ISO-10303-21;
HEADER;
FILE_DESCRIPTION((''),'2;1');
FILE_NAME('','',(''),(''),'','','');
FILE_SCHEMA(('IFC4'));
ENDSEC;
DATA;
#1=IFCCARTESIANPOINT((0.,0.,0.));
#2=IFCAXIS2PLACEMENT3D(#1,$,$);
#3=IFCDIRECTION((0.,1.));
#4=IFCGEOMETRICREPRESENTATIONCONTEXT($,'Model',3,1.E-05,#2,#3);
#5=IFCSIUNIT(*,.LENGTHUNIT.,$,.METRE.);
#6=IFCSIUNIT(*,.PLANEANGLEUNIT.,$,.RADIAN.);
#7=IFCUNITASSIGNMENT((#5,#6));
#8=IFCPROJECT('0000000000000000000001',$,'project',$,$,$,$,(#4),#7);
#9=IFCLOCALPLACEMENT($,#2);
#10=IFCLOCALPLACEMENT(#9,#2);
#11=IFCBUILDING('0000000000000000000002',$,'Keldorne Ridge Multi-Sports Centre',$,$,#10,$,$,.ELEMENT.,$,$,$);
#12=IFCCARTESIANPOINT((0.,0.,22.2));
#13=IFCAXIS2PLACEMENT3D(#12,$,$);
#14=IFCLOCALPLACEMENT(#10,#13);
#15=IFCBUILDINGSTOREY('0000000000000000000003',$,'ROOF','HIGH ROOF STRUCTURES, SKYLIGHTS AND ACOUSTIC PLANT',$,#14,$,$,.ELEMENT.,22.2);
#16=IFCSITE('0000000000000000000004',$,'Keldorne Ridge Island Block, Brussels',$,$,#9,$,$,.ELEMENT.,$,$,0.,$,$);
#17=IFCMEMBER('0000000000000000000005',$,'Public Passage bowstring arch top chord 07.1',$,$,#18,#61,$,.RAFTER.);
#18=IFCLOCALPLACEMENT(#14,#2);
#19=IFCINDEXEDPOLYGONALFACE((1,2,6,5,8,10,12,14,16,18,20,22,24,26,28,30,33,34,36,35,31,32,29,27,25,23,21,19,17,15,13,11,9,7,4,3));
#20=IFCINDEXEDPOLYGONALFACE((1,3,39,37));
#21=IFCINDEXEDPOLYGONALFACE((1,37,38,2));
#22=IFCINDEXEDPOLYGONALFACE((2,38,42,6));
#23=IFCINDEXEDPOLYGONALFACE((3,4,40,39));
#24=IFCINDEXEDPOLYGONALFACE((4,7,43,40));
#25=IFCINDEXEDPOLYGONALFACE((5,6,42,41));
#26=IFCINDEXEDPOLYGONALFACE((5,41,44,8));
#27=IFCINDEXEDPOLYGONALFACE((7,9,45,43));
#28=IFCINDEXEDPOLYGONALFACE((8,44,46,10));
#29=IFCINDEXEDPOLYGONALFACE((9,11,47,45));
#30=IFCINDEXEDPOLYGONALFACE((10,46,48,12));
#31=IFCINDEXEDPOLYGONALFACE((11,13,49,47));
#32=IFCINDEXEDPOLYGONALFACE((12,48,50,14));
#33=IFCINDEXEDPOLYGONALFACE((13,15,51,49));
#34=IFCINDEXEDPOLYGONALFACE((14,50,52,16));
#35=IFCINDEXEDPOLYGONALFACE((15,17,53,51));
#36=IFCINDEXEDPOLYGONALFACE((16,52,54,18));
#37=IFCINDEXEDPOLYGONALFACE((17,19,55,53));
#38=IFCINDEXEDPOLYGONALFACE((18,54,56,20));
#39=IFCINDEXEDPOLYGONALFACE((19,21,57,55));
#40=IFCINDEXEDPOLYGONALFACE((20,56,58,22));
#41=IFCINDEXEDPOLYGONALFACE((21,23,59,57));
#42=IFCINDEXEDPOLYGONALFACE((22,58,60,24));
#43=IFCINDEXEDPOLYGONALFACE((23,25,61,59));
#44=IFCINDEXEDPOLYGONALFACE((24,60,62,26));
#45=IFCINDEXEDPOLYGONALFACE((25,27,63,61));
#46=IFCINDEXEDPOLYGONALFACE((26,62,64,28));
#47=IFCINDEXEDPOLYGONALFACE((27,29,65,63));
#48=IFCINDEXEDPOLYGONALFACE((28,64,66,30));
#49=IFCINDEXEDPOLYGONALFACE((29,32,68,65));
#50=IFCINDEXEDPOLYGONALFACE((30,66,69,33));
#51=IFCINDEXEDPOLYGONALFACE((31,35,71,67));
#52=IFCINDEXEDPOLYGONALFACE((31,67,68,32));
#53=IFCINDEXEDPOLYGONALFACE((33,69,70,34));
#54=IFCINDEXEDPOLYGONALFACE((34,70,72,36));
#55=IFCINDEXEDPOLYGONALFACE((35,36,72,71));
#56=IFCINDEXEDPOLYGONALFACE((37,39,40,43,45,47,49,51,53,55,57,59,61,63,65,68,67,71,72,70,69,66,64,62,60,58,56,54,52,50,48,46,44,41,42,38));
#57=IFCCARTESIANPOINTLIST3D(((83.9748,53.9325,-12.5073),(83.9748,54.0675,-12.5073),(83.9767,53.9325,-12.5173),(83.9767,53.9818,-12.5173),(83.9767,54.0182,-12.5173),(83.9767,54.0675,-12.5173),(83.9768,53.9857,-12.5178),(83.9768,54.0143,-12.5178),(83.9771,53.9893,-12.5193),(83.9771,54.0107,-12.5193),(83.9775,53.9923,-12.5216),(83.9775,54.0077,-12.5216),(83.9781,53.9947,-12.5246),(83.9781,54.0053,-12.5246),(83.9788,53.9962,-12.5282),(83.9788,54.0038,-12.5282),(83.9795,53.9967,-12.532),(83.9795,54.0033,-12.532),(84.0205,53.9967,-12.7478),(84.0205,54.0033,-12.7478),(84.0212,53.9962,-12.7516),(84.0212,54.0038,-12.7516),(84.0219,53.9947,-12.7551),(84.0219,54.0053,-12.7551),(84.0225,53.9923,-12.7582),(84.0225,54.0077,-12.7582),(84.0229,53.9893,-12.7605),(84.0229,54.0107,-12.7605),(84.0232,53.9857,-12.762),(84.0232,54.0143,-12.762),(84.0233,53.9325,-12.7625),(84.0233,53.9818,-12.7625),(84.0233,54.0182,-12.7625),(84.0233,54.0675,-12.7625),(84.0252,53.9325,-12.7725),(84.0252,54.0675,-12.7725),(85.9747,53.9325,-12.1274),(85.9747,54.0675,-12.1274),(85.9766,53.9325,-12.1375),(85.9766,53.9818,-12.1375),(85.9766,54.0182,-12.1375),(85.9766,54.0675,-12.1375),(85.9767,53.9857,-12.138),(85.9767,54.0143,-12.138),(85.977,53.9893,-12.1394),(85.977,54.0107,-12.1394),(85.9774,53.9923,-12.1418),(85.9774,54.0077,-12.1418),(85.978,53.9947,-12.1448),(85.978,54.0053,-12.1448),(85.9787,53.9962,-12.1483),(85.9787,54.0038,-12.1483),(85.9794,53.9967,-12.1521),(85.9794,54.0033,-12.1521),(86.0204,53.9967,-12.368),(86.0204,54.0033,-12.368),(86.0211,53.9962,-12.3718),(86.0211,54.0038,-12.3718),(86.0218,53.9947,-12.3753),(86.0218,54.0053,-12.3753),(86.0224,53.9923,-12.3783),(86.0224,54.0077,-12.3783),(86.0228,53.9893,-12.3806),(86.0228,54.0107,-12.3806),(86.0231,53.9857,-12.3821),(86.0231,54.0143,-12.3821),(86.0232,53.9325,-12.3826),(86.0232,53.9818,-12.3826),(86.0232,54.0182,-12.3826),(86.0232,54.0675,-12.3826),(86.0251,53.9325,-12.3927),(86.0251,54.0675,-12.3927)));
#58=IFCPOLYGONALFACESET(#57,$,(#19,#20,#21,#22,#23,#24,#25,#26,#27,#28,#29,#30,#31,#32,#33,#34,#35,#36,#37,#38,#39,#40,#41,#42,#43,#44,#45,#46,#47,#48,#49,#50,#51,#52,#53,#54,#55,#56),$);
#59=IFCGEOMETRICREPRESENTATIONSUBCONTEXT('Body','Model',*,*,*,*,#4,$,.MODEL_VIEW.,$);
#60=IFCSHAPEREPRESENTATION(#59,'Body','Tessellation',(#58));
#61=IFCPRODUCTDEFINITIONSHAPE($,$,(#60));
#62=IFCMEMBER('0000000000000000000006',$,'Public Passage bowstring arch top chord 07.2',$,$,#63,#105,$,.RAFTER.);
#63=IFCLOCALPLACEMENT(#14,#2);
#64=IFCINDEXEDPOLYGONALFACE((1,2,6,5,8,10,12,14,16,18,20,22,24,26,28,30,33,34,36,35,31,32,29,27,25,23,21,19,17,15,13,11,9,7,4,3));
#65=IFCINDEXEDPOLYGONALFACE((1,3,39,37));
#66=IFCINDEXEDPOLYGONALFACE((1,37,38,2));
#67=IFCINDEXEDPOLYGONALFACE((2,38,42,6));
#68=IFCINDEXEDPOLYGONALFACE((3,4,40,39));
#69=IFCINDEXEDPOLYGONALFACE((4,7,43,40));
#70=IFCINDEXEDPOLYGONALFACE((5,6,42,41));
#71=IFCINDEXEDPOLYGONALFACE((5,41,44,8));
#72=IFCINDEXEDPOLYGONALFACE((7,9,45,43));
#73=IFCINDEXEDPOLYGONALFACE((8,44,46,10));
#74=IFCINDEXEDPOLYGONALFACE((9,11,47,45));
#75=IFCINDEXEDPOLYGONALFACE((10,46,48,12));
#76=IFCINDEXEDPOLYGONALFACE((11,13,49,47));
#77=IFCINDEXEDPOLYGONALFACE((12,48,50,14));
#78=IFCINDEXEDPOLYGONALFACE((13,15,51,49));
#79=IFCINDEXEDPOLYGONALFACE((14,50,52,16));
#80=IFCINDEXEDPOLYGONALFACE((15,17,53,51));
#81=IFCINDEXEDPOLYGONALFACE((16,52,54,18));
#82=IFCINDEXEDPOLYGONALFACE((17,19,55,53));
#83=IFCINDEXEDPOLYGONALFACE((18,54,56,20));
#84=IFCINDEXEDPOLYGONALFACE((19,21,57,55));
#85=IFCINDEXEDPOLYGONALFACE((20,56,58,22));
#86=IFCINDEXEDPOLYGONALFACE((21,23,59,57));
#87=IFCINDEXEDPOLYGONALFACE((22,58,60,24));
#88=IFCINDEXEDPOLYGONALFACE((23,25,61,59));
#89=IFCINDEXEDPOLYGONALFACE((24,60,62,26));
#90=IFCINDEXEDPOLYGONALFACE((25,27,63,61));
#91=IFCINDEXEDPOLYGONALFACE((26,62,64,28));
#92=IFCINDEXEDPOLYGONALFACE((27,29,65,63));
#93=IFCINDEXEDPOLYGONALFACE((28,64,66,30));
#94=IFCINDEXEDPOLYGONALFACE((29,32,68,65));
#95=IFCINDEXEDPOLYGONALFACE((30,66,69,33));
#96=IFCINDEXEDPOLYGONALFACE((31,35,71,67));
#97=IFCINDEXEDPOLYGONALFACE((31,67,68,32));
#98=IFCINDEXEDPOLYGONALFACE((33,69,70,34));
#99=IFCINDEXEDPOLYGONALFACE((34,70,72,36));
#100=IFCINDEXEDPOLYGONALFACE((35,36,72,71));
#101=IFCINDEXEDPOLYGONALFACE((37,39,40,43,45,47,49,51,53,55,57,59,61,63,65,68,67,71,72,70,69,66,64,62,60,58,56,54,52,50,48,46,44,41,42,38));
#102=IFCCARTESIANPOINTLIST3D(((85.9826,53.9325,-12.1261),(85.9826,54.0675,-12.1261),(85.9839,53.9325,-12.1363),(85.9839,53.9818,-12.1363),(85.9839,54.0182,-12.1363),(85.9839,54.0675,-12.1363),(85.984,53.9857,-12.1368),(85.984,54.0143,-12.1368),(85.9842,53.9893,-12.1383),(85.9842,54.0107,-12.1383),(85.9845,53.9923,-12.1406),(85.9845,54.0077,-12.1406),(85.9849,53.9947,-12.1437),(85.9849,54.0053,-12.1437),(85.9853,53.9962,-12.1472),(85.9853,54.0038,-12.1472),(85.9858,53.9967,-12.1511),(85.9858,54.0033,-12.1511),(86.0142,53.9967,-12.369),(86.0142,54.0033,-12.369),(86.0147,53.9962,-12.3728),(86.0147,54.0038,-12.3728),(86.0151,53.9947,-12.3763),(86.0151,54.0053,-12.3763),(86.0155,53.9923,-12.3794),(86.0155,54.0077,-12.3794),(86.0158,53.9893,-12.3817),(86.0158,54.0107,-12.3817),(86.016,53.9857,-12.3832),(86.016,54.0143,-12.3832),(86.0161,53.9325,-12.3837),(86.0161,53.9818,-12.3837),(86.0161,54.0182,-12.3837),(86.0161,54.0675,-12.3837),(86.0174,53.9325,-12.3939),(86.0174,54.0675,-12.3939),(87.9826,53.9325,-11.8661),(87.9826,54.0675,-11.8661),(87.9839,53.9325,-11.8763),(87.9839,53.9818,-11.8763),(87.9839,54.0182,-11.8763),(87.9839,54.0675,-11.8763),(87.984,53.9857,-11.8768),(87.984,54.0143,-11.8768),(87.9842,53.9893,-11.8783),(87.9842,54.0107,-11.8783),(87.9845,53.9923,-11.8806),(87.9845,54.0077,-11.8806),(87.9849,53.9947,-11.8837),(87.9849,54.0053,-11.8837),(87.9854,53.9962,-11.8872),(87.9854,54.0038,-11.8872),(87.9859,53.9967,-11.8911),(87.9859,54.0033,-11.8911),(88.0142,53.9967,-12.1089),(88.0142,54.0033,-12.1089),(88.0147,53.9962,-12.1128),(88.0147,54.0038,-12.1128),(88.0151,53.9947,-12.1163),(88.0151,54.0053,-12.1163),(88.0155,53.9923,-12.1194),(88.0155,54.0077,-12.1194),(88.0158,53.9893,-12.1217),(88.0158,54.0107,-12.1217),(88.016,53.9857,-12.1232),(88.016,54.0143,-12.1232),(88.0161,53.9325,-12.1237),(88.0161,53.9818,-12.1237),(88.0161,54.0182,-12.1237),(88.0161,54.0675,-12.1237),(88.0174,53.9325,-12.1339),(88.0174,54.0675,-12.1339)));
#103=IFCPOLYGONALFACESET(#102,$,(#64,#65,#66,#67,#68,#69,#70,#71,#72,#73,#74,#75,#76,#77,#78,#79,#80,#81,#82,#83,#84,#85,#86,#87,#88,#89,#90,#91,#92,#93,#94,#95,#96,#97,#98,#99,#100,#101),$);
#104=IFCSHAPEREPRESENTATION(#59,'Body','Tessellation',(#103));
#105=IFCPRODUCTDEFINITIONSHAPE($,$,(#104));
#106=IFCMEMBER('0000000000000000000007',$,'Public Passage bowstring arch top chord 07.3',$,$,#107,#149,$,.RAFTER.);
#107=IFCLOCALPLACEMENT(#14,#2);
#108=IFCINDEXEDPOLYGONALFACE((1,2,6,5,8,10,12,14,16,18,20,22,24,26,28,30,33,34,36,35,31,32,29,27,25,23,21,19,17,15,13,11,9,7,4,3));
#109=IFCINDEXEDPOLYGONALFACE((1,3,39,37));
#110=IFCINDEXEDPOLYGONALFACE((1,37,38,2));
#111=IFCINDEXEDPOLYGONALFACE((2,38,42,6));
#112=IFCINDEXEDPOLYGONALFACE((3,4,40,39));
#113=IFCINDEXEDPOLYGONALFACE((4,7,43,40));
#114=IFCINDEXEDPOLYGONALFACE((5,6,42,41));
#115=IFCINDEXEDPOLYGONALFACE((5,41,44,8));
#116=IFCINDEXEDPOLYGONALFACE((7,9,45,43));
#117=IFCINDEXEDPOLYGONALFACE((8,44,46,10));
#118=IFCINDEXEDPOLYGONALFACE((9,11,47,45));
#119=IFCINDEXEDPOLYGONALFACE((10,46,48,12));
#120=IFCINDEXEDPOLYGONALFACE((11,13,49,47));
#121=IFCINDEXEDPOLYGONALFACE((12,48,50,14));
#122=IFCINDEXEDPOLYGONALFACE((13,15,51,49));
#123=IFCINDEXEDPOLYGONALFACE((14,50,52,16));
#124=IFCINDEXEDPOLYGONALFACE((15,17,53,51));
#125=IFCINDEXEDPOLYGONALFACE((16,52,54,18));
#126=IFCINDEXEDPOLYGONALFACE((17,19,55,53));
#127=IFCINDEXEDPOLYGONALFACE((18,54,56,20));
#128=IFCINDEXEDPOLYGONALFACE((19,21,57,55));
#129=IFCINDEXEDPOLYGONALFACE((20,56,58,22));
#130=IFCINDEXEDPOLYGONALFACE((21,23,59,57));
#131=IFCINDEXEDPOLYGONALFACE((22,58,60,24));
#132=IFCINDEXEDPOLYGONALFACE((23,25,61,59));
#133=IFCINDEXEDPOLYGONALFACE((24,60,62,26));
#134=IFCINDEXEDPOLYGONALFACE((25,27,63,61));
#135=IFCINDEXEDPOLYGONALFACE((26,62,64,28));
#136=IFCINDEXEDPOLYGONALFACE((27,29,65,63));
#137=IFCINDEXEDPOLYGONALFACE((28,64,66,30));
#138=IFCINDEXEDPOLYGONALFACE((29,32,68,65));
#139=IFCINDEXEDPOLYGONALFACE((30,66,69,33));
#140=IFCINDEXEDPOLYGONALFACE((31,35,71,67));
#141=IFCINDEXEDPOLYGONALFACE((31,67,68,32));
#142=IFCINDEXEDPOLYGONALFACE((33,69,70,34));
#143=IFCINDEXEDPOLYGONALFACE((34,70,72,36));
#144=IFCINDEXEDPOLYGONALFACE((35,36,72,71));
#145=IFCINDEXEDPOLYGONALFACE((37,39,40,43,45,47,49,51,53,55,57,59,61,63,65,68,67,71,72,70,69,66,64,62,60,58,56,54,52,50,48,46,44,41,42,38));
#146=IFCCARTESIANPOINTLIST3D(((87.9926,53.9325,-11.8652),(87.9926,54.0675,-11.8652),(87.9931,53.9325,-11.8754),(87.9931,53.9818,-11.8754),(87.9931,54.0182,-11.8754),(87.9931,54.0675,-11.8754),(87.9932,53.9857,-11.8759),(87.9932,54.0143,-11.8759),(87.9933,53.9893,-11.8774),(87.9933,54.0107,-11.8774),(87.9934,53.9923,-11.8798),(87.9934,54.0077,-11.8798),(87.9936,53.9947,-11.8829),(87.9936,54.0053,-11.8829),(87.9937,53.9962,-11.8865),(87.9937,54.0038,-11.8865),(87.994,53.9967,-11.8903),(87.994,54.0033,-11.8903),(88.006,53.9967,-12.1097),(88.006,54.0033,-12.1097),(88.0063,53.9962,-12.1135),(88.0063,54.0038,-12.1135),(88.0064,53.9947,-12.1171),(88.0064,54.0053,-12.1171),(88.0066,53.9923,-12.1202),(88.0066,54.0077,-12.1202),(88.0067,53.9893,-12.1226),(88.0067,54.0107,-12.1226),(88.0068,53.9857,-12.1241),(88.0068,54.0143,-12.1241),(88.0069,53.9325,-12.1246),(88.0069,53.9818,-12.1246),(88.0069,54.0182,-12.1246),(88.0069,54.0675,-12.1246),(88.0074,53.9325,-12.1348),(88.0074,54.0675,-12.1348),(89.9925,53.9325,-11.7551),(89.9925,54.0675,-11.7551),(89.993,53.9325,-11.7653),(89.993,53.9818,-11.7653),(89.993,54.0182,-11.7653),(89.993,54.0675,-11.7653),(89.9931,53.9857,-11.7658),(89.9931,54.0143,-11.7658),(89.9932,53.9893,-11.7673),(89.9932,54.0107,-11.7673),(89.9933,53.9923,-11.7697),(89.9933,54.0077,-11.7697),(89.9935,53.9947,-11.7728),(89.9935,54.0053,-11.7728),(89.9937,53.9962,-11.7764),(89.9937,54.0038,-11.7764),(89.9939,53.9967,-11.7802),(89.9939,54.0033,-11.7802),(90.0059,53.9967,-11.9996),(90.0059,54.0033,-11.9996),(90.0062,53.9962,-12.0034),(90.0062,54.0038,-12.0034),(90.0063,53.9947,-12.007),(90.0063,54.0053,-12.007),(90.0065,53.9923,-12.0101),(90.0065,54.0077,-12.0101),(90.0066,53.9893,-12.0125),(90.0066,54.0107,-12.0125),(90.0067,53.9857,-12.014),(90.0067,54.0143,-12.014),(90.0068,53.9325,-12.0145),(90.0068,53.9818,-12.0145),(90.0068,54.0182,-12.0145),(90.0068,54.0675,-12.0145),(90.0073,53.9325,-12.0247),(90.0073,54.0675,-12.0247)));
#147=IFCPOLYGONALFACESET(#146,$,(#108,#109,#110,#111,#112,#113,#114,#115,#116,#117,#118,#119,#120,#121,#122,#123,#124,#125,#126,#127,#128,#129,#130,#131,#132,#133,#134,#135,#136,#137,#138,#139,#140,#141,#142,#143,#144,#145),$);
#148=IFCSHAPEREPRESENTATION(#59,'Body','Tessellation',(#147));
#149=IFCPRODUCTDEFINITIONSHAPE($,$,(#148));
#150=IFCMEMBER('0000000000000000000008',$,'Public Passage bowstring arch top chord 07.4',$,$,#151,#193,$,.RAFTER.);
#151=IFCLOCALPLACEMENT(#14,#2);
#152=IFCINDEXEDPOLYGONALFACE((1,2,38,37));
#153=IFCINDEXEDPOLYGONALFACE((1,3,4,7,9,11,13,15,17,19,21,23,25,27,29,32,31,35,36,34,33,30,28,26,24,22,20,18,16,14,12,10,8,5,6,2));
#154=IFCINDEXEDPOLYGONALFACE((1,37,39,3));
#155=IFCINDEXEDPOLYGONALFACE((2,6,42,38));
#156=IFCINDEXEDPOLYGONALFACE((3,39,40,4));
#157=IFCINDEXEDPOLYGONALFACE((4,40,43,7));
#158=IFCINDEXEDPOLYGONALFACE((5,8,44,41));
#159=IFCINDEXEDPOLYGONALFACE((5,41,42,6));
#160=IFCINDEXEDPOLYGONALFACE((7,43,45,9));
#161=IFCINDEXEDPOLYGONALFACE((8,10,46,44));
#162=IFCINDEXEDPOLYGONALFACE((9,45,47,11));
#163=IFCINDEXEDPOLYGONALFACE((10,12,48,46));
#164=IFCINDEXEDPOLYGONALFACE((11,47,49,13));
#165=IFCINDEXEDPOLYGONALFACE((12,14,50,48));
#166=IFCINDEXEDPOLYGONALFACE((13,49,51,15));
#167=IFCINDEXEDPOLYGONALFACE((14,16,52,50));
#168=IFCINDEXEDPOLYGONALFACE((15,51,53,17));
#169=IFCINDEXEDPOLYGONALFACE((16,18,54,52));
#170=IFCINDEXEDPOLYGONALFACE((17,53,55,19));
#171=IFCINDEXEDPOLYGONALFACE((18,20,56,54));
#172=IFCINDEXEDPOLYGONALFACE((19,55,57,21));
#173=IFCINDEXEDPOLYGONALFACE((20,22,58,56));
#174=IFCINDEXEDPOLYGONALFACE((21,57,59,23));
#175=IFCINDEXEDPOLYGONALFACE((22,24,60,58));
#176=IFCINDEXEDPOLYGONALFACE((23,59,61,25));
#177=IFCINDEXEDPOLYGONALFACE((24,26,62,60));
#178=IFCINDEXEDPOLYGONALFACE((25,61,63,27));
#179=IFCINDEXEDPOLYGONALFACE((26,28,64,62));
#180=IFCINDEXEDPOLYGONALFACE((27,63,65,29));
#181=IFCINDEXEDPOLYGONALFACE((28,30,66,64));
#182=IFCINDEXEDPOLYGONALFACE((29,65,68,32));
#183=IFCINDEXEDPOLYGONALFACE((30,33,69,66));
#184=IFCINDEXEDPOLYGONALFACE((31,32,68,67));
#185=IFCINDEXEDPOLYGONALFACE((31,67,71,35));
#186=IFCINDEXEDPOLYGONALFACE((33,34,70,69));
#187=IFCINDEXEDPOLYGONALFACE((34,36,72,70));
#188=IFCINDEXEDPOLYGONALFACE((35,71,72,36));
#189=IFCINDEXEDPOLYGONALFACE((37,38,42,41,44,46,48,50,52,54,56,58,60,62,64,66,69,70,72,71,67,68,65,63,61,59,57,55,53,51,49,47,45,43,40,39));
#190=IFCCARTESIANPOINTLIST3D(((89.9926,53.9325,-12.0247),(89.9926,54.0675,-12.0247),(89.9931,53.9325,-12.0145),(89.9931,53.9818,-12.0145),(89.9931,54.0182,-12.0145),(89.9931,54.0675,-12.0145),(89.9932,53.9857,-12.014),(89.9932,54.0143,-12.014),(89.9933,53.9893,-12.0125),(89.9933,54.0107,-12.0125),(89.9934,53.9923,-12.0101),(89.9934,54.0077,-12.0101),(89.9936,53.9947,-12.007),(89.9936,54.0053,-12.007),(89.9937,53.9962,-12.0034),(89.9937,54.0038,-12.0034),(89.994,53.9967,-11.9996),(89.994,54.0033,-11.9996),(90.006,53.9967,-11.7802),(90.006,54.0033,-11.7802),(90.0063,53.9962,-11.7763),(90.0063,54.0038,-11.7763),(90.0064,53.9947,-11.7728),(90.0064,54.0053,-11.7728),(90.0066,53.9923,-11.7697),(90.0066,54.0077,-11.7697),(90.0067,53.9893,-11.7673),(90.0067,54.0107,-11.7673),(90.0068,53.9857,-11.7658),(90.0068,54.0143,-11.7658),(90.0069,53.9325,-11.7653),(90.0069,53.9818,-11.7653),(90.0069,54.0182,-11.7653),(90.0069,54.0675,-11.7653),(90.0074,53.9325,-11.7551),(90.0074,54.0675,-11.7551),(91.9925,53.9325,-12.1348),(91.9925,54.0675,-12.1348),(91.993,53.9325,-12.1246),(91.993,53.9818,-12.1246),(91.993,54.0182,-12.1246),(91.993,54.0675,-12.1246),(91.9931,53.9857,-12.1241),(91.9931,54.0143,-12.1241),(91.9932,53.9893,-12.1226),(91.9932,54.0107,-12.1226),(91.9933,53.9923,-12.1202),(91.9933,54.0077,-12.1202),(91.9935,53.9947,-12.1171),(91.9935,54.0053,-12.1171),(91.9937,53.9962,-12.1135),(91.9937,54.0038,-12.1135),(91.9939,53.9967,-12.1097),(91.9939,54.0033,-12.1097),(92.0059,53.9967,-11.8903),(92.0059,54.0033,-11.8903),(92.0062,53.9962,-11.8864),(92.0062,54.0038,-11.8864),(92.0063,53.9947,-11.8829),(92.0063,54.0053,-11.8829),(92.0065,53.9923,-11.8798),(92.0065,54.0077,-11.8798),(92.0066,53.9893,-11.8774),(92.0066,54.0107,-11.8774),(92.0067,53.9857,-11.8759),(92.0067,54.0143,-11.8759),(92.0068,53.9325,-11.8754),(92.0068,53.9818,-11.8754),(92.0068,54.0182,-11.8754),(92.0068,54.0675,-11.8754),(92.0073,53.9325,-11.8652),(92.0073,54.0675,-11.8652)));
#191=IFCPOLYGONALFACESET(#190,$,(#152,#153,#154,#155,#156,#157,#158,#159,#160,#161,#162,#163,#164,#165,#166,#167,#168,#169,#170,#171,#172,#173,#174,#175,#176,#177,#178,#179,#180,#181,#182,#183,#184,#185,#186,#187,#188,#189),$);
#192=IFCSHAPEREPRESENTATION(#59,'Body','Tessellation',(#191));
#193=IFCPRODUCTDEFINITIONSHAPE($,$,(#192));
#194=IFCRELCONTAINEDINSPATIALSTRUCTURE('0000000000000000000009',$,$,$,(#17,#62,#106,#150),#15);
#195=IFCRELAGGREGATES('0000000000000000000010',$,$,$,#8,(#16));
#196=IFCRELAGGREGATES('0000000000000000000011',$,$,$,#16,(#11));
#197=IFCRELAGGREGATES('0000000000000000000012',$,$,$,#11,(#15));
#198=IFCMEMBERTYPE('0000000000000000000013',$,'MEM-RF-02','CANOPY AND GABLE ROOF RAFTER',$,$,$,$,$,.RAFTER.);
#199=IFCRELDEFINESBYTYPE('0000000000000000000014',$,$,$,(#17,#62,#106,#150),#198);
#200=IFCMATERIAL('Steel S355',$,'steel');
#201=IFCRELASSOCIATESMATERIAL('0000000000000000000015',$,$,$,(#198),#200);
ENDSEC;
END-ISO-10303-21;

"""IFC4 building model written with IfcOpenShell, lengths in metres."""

from ifc_helpers import new_model, si_unit, direction, frame, origin, origin_2d, place, context, subcontext, project, spatial, i_section, extrude, material, material_profile, profile_set, type_object, element, save


model = new_model("IFC4")

# Units and contexts
model_context = context("Model", 3, precision=1e-05, world=origin(), true_north=direction((0.0, 1.0)))
body_context = subcontext(model_context, "Body", "Model", "MODEL_VIEW")
ifc_project = project(units=[si_unit("LENGTHUNIT", "METRE"), si_unit("PLANEANGLEUNIT", "RADIAN")], contexts=[model_context])

# Site, building, storey
site_placement = place(None, origin())
site = spatial("IfcSite", under=ifc_project, at=site_placement, Name="Keldorne Ridge Island Block, Brussels", CompositionType="ELEMENT", RefElevation=0.0)
building_placement = place(site_placement, origin())
building = spatial("IfcBuilding", under=site, at=building_placement, Name="Keldorne Ridge Multi-Sports Centre", CompositionType="ELEMENT")
storey_placement = place(building_placement, frame((0.0, 0.0, 22.2)))
storey = spatial("IfcBuildingStorey", under=building, at=storey_placement, Name="ROOF", Description="HIGH ROOF STRUCTURES, SKYLIGHTS AND ACOUSTIC PLANT", CompositionType="ELEMENT", Elevation=22.2)

# Members
ifc_material = material(Name="Steel S355", Category="steel")
ifc_material_profile_1 = material_profile(ifc_material, i_section(OverallWidth=0.135, OverallDepth=0.27, WebThickness=0.0066, FlangeThickness=0.0103, FilletRadius=0.0149, at=origin_2d()), Name="IPE 270")
ifc_profile_set_1 = profile_set([ifc_material_profile_1], Name="Steel S355")
member_type_1 = type_object("IfcMemberType", Name="MEM-RF-02", Description="CANOPY AND GABLE ROOF RAFTER", PredefinedType="RAFTER", material=ifc_profile_set_1)
member_1_placement = place(storey_placement, frame((84.0, 54.0, -12.6399), z_axis=(0.982435, 0.0, 0.186605), x_axis=(0.0, 1.0, 0.0)))
element("IfcMember", 1, at=member_1_placement, inside=storey, type_object=member_type_1, Name="Public Passage bowstring arch top chord 07.1", PredefinedType="RAFTER", context=body_context, shape_type="SweptSolid", body=[
    extrude(i_section(OverallWidth=0.135, OverallDepth=0.27, WebThickness=0.0066, FlangeThickness=0.0103, FilletRadius=0.0149, at=origin_2d()), origin(), (0.0, 0.0, 1.0), 2.0356),
])
member_2_placement = place(storey_placement, frame((86.0, 54.0, -12.26), z_axis=(0.991655, 0.0, 0.12892), x_axis=(0.0, 1.0, 0.0)))
element("IfcMember", 2, at=member_2_placement, inside=storey, type_object=member_type_1, Name="Public Passage bowstring arch top chord 07.2", PredefinedType="RAFTER", context=body_context, shape_type="SweptSolid", body=[
    extrude(i_section(OverallWidth=0.135, OverallDepth=0.27, WebThickness=0.0066, FlangeThickness=0.0103, FilletRadius=0.0149, at=origin_2d()), origin(), (0.0, 0.0, 1.0), 2.0168),
])
for number, where, z_axis, x_axis, name in (
    (3, (88.0, 54.0, -12.0), (0.998488, 0.0, 0.05497), (0.0, 1.0, 0.0), "Public Passage bowstring arch top chord 07.3"),
    (4, (90.0, 54.0, -11.8899), (0.998488, 0.0, -0.05497), (0.0, 1.0, 0.0), "Public Passage bowstring arch top chord 07.4"),
):
    element("IfcMember", number, at=place(storey_placement, frame(where, z_axis=z_axis, x_axis=x_axis)), inside=storey, type_object=member_type_1, Name=name, PredefinedType="RAFTER", context=body_context, shape_type="SweptSolid", body=[
        extrude(i_section(OverallWidth=0.135, OverallDepth=0.27, WebThickness=0.0066, FlangeThickness=0.0103, FilletRadius=0.0149, at=origin_2d()), origin(), (0.0, 0.0, 1.0), 2.0029),
    ])

save(model, "model.ifc")
